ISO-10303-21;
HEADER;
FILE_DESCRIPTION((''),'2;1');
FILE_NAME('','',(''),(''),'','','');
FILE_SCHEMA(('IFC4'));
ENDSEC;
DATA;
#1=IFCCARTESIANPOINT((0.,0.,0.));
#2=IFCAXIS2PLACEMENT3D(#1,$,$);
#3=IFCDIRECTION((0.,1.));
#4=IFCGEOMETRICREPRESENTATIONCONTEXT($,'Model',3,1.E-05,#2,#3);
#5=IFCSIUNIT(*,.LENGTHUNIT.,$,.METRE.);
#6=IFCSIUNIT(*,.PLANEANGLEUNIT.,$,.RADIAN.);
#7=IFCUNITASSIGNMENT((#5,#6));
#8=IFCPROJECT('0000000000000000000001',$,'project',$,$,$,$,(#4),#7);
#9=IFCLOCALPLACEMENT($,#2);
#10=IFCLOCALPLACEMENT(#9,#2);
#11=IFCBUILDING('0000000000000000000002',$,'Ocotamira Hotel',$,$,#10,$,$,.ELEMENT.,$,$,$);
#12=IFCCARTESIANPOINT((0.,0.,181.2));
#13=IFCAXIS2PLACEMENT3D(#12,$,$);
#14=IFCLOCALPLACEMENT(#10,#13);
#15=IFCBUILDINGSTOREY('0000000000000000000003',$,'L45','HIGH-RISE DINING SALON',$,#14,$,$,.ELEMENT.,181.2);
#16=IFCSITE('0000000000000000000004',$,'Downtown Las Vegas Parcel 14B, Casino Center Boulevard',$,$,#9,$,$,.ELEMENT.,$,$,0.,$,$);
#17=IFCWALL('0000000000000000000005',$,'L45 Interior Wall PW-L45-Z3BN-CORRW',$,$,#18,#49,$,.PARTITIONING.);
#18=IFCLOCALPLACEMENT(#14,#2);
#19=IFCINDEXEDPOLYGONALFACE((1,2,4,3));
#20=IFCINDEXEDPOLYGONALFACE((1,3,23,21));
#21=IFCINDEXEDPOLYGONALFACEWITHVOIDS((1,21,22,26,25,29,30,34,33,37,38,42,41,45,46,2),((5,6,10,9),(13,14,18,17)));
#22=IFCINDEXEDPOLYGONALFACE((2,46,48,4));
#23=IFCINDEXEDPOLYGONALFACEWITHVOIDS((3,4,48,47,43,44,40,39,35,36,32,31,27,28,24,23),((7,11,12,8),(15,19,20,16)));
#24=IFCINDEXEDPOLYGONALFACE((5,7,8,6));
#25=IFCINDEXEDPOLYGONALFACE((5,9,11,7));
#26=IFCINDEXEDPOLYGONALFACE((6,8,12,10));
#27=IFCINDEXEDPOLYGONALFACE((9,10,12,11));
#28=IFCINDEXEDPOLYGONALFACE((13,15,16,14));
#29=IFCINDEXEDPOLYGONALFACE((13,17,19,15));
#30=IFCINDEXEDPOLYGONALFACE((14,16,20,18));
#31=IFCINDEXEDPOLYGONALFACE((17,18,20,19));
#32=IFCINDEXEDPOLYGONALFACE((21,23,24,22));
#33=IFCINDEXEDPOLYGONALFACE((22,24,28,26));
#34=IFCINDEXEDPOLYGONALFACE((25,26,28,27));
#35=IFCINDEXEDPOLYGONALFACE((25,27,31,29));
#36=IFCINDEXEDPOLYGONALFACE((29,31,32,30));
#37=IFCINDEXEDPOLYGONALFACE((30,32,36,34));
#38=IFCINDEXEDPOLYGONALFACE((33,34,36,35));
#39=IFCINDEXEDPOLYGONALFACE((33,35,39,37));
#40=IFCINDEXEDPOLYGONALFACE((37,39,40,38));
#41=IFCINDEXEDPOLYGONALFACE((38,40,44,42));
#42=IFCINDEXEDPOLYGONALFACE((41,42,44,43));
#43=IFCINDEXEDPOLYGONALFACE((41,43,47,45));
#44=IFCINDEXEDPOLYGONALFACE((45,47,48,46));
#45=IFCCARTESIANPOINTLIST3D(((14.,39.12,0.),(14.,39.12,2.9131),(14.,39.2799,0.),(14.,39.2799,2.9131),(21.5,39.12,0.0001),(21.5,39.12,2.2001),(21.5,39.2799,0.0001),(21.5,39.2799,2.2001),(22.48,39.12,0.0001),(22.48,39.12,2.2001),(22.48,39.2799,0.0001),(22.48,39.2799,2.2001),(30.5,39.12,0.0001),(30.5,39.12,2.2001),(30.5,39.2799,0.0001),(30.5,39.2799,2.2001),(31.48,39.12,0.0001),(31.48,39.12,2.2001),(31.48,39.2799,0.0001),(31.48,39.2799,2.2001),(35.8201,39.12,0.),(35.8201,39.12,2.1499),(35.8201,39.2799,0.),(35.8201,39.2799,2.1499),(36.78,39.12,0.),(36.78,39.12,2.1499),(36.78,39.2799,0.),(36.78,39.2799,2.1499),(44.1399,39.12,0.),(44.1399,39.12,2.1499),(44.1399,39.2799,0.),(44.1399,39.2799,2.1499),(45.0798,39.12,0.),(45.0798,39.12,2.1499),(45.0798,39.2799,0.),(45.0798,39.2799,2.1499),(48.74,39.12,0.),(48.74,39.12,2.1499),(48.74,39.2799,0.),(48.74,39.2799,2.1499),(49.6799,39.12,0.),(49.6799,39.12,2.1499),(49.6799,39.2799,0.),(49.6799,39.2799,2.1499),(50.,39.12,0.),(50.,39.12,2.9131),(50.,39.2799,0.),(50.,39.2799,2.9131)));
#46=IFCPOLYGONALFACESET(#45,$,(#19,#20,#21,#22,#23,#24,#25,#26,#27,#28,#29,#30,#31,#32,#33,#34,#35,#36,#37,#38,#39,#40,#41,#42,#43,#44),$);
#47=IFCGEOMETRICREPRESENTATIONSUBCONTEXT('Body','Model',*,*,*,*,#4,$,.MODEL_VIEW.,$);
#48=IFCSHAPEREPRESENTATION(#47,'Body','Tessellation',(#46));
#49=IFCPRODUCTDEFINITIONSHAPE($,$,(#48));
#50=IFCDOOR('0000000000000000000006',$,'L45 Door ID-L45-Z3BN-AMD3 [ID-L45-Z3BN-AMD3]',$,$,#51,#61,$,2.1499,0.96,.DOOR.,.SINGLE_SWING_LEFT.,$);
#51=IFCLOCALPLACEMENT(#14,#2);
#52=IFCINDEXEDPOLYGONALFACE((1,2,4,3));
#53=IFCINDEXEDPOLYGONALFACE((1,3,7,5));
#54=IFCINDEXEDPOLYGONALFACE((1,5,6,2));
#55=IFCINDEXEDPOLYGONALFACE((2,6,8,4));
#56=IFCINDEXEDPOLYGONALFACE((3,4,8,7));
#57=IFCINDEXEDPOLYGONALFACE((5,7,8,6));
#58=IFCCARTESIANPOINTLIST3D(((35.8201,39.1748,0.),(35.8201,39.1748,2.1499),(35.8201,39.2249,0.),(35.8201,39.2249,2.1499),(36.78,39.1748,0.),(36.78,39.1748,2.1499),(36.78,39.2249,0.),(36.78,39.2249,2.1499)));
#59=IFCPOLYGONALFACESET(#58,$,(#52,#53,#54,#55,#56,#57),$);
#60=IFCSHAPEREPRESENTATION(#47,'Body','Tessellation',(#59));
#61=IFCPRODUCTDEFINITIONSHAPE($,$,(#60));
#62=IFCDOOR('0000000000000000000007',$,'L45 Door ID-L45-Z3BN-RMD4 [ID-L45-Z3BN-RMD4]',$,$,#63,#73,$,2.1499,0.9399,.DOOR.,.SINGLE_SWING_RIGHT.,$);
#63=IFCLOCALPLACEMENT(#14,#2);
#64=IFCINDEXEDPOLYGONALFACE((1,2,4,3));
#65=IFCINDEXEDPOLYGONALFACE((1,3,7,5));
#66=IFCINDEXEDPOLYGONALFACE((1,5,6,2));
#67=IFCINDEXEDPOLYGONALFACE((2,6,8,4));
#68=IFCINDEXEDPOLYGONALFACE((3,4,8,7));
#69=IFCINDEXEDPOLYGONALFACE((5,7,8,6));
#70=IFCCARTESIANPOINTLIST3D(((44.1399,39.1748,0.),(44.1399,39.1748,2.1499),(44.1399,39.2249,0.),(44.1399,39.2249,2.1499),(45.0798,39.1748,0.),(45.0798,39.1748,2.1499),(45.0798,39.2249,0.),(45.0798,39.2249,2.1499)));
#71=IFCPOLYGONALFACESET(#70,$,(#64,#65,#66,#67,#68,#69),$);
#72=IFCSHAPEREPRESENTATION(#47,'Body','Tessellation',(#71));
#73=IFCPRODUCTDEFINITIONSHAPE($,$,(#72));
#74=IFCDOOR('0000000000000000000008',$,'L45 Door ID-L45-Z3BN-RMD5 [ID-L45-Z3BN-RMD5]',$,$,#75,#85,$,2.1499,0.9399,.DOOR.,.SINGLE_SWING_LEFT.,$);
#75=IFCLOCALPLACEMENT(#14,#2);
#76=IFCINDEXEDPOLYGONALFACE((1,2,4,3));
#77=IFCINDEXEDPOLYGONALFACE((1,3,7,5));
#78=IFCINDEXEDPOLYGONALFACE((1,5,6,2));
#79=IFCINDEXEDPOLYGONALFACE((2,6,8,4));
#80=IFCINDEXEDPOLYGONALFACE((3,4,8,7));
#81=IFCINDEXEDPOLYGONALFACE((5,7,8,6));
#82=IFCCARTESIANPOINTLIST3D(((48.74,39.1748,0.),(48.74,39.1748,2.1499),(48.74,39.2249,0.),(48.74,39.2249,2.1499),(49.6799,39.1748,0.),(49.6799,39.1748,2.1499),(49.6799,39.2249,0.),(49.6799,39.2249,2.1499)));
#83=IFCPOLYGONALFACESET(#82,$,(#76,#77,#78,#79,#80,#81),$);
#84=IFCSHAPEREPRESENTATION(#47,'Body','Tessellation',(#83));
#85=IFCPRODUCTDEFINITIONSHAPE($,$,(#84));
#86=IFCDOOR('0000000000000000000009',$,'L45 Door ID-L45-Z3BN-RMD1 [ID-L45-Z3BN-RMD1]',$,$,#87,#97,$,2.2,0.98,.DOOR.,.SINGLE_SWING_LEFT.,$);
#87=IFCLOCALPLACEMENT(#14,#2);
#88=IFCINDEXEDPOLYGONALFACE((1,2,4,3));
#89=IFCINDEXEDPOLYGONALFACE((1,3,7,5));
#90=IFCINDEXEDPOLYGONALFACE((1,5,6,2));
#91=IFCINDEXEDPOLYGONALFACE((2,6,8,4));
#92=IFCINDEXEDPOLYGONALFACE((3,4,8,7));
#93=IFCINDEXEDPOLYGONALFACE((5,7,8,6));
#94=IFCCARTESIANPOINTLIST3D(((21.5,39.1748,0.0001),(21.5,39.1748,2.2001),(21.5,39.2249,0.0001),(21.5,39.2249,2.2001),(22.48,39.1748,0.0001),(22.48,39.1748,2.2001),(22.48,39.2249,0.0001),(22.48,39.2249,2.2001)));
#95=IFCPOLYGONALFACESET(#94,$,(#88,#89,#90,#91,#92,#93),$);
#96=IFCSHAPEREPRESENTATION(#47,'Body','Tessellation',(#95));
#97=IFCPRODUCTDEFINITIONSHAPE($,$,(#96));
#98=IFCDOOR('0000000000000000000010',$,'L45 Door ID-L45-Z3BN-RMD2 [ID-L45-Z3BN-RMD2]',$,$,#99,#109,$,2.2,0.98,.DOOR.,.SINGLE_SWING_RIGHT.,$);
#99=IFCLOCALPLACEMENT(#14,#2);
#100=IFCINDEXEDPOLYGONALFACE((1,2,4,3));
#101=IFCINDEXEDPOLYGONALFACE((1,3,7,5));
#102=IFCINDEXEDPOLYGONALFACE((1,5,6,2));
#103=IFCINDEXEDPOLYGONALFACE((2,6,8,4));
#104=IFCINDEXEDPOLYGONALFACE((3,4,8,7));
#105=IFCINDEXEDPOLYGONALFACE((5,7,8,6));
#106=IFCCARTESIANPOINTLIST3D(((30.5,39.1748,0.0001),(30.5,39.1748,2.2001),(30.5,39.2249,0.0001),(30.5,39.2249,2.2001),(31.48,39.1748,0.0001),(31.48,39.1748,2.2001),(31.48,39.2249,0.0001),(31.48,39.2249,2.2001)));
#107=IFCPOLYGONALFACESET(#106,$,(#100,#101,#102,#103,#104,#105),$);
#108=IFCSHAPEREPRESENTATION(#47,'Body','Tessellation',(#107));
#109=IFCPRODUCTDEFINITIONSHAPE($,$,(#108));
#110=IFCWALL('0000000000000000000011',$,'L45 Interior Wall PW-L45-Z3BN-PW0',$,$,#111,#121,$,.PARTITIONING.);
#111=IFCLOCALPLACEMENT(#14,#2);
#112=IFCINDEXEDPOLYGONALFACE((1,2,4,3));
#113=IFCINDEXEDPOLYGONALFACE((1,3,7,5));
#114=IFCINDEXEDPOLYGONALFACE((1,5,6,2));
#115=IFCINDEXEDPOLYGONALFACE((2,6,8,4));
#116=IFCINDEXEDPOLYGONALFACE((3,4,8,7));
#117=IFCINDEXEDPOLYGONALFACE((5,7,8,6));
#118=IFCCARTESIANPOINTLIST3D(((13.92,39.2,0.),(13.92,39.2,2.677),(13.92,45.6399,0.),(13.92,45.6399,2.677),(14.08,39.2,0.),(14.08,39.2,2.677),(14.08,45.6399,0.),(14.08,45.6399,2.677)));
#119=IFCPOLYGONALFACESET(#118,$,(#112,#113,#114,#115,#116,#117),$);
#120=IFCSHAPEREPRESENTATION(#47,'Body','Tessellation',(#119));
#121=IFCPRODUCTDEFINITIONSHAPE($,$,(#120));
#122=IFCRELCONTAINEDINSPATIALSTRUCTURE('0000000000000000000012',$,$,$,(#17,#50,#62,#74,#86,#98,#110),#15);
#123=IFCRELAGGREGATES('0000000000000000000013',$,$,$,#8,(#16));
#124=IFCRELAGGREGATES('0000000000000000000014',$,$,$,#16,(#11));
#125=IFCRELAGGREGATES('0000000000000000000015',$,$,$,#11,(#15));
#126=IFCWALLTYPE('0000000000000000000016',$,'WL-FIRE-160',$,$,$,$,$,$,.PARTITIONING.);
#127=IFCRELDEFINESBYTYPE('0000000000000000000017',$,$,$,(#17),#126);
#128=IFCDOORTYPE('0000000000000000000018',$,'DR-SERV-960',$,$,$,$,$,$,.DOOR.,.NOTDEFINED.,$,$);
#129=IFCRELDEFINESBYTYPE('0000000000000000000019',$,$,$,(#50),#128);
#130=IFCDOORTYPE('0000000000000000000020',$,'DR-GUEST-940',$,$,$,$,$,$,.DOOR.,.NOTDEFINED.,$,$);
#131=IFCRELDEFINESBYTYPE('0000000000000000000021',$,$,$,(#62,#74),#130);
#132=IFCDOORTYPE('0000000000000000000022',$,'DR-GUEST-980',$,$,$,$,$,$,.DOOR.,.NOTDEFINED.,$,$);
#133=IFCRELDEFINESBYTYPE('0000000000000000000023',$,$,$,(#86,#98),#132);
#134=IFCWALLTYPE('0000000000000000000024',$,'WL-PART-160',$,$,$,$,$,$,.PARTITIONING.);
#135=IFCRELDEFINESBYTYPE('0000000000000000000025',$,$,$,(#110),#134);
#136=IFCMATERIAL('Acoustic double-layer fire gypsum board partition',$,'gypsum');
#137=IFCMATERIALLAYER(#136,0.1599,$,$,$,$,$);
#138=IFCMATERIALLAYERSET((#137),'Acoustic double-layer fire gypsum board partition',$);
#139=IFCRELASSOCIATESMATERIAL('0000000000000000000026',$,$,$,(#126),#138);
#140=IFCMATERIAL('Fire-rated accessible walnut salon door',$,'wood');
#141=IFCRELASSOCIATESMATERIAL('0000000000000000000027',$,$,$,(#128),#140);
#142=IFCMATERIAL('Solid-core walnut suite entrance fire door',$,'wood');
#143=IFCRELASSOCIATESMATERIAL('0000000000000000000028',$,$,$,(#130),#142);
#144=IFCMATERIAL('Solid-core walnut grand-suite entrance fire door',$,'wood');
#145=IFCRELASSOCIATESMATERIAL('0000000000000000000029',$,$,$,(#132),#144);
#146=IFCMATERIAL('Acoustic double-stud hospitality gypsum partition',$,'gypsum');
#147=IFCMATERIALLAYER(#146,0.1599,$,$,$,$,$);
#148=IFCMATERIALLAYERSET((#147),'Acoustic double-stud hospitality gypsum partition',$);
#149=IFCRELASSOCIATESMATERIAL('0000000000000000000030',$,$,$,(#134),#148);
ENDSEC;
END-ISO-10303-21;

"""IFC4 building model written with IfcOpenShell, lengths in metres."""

from ifc_helpers import new_model, si_unit, direction, frame, frame_2d, origin, place, context, subcontext, project, spatial, rectangle, extrude, source, transform, mapped, material, layer, layer_set, type_object, element, fill, save


model = new_model("IFC4")

# Units and contexts
model_context = context("Model", 3, precision=1e-05, world=origin(), true_north=direction((0.0, 1.0)))
body_context = subcontext(model_context, "Body", "Model", "MODEL_VIEW")
ifc_project = project(units=[si_unit("LENGTHUNIT", "METRE"), si_unit("PLANEANGLEUNIT", "RADIAN")], contexts=[model_context])

# Site, building, storey
site_placement = place(None, origin())
site = spatial("IfcSite", under=ifc_project, at=site_placement, Name="Downtown Las Vegas Parcel 14B, Casino Center Boulevard", CompositionType="ELEMENT", RefElevation=0.0)
building_placement = place(site_placement, origin())
building = spatial("IfcBuilding", under=site, at=building_placement, Name="Ocotamira Hotel", CompositionType="ELEMENT")
storey_placement = place(building_placement, frame((0.0, 0.0, 181.2)))
storey = spatial("IfcBuildingStorey", under=building, at=storey_placement, Name="L45", Description="HIGH-RISE DINING SALON", CompositionType="ELEMENT", Elevation=181.2)

# Shared definitions
ifc_material_1 = material(Name="Acoustic double-layer fire gypsum board partition", Category="gypsum")
ifc_layer_1 = layer(ifc_material_1, 0.1599)
ifc_layer_set_1 = layer_set([ifc_layer_1], Name="Acoustic double-layer fire gypsum board partition")
wall_type_1 = type_object("IfcWallType", Name="WL-FIRE-160", PredefinedType="PARTITIONING", material=ifc_layer_set_1)
ifc_material_2 = material(Name="Fire-rated accessible walnut salon door", Category="wood")
door_type_1 = type_object("IfcDoorType", Name="DR-SERV-960", OperationType="NOTDEFINED", PredefinedType="DOOR", material=ifc_material_2)
shared_shape_1 = source(origin(), body_context, "Body", "SweptSolid", [
    extrude(rectangle(XDim=0.96, YDim=2.1499, at=frame_2d((0.48, 1.075))), frame((0.0, 0.0249, 0.0), z_axis=(0.0, -1.0, 0.0), x_axis=(1.0, 0.0, 0.0)), (0.0, 0.0, 1.0), 0.05),
])

# Wall, openings, doors
wall_1_placement = place(storey_placement, frame((14.0, 39.2, 0.0), z_axis=(0.0, 0.0, 1.0), x_axis=(1.0, 0.0, 0.0)))
wall_1 = element("IfcWall", 1, at=wall_1_placement, inside=storey, type_object=wall_type_1, Name="L45 Interior Wall PW-L45-Z3BN-CORRW", PredefinedType="PARTITIONING", context=body_context, shape_type="SweptSolid", body=[
    extrude(rectangle(XDim=36.0, YDim=0.1599, at=frame_2d((18.0, 0.0))), origin(), (0.0, 0.0, 1.0), 2.9131),
])
opening_1_placement = place(wall_1_placement, frame((7.5, 0.0, 0.0)))
opening_1 = element("IfcOpeningElement", 2, at=opening_1_placement, cuts=wall_1, PredefinedType="OPENING", context=body_context, shape_type="SweptSolid", body=[
    extrude(rectangle(XDim=0.98, YDim=2.2, at=frame_2d((0.49, 1.1001))), frame((0.0, 0.0898, 0.0), z_axis=(0.0, -1.0, 0.0), x_axis=(1.0, 0.0, 0.0)), (0.0, 0.0, 1.0), 0.1799),
])
opening_2_placement = place(wall_1_placement, frame((16.5, 0.0, 0.0)))
opening_2 = element("IfcOpeningElement", 3, at=opening_2_placement, cuts=wall_1, PredefinedType="OPENING", context=body_context, shape_type="SweptSolid", body=[
    extrude(rectangle(XDim=0.98, YDim=2.2, at=frame_2d((0.49, 1.1001))), frame((0.0, 0.0898, 0.0), z_axis=(0.0, -1.0, 0.0), x_axis=(1.0, 0.0, 0.0)), (0.0, 0.0, 1.0), 0.1799),
])
opening_3_placement = place(wall_1_placement, frame((21.8201, 0.0, 0.0)))
opening_3 = element("IfcOpeningElement", 4, at=opening_3_placement, cuts=wall_1, PredefinedType="OPENING", context=body_context, shape_type="SweptSolid", body=[
    extrude(rectangle(XDim=0.96, YDim=2.1499, at=frame_2d((0.48, 1.075))), frame((0.0, 0.0898, 0.0), z_axis=(0.0, -1.0, 0.0), x_axis=(1.0, 0.0, 0.0)), (0.0, 0.0, 1.0), 0.1799),
])
opening_4_placement = place(wall_1_placement, frame((30.1399, 0.0, 0.0)))
opening_4 = element("IfcOpeningElement", 5, at=opening_4_placement, cuts=wall_1, PredefinedType="OPENING", context=body_context, shape_type="SweptSolid", body=[
    extrude(rectangle(XDim=0.9399, YDim=2.1499, at=frame_2d((0.47, 1.075))), frame((0.0, 0.0898, 0.0), z_axis=(0.0, -1.0, 0.0), x_axis=(1.0, 0.0, 0.0)), (0.0, 0.0, 1.0), 0.1799),
])
opening_5_placement = place(wall_1_placement, frame((34.74, 0.0, 0.0)))
opening_5 = element("IfcOpeningElement", 6, at=opening_5_placement, cuts=wall_1, PredefinedType="OPENING", context=body_context, shape_type="SweptSolid", body=[
    extrude(rectangle(XDim=0.9399, YDim=2.1499, at=frame_2d((0.47, 1.075))), frame((0.0, 0.0898, 0.0), z_axis=(0.0, -1.0, 0.0), x_axis=(1.0, 0.0, 0.0)), (0.0, 0.0, 1.0), 0.1799),
])
door_1_placement = place(opening_3_placement, origin())
door_1 = element("IfcDoor", 7, at=door_1_placement, inside=storey, type_object=door_type_1, Name="L45 Door ID-L45-Z3BN-AMD3 [ID-L45-Z3BN-AMD3]", OperationType="SINGLE_SWING_LEFT", OverallHeight=2.1499, OverallWidth=0.96, PredefinedType="DOOR", context=body_context, shape_type="MappedRepresentation", body=[
    mapped(shared_shape_1, transform((0.0, 0.0, 0.0), scale=1.0)),
])
fill(opening_3, door_1)
ifc_material_3 = material(Name="Solid-core walnut suite entrance fire door", Category="wood")
door_type_2 = type_object("IfcDoorType", Name="DR-GUEST-940", OperationType="NOTDEFINED", PredefinedType="DOOR", material=ifc_material_3)
shared_shape_2 = source(origin(), body_context, "Body", "SweptSolid", [
    extrude(rectangle(XDim=0.9399, YDim=2.1499, at=frame_2d((0.47, 1.075))), frame((0.0, 0.0249, 0.0), z_axis=(0.0, -1.0, 0.0), x_axis=(1.0, 0.0, 0.0)), (0.0, 0.0, 1.0), 0.05),
])
door_2_placement = place(opening_4_placement, origin())
door_2 = element("IfcDoor", 8, at=door_2_placement, inside=storey, type_object=door_type_2, Name="L45 Door ID-L45-Z3BN-RMD4 [ID-L45-Z3BN-RMD4]", OperationType="SINGLE_SWING_RIGHT", OverallHeight=2.1499, OverallWidth=0.9399, PredefinedType="DOOR", context=body_context, shape_type="MappedRepresentation", body=[
    mapped(shared_shape_2, transform((0.0, 0.0, 0.0), scale=1.0)),
])
fill(opening_4, door_2)
door_3_placement = place(opening_5_placement, origin())
door_3 = element("IfcDoor", 9, at=door_3_placement, inside=storey, type_object=door_type_2, Name="L45 Door ID-L45-Z3BN-RMD5 [ID-L45-Z3BN-RMD5]", OperationType="SINGLE_SWING_LEFT", OverallHeight=2.1499, OverallWidth=0.9399, PredefinedType="DOOR", context=body_context, shape_type="MappedRepresentation", body=[
    mapped(shared_shape_2, transform((0.0, 0.0, 0.0), scale=1.0)),
])
fill(opening_5, door_3)
ifc_material_4 = material(Name="Solid-core walnut grand-suite entrance fire door", Category="wood")
door_type_3 = type_object("IfcDoorType", Name="DR-GUEST-980", OperationType="NOTDEFINED", PredefinedType="DOOR", material=ifc_material_4)
shared_shape_3 = source(origin(), body_context, "Body", "SweptSolid", [
    extrude(rectangle(XDim=0.98, YDim=2.2, at=frame_2d((0.49, 1.1001))), frame((0.0, 0.0249, 0.0), z_axis=(0.0, -1.0, 0.0), x_axis=(1.0, 0.0, 0.0)), (0.0, 0.0, 1.0), 0.05),
])
door_4_placement = place(opening_1_placement, origin())
door_4 = element("IfcDoor", 10, at=door_4_placement, inside=storey, type_object=door_type_3, Name="L45 Door ID-L45-Z3BN-RMD1 [ID-L45-Z3BN-RMD1]", OperationType="SINGLE_SWING_LEFT", OverallHeight=2.2, OverallWidth=0.98, PredefinedType="DOOR", context=body_context, shape_type="MappedRepresentation", body=[
    mapped(shared_shape_3, transform((0.0, 0.0, 0.0), scale=1.0)),
])
fill(opening_1, door_4)
door_5_placement = place(opening_2_placement, origin())
door_5 = element("IfcDoor", 11, at=door_5_placement, inside=storey, type_object=door_type_3, Name="L45 Door ID-L45-Z3BN-RMD2 [ID-L45-Z3BN-RMD2]", OperationType="SINGLE_SWING_RIGHT", OverallHeight=2.2, OverallWidth=0.98, PredefinedType="DOOR", context=body_context, shape_type="MappedRepresentation", body=[
    mapped(shared_shape_3, transform((0.0, 0.0, 0.0), scale=1.0)),
])
fill(opening_2, door_5)

# Wall
ifc_material_5 = material(Name="Acoustic double-stud hospitality gypsum partition", Category="gypsum")
ifc_layer_2 = layer(ifc_material_5, 0.1599)
ifc_layer_set_2 = layer_set([ifc_layer_2], Name="Acoustic double-stud hospitality gypsum partition")
wall_type_2 = type_object("IfcWallType", Name="WL-PART-160", PredefinedType="PARTITIONING", material=ifc_layer_set_2)
wall_2_placement = place(storey_placement, frame((14.0, 39.2, 0.0), z_axis=(0.0, 0.0, 1.0), x_axis=(0.0, 1.0, 0.0)))
element("IfcWall", 12, at=wall_2_placement, inside=storey, type_object=wall_type_2, Name="L45 Interior Wall PW-L45-Z3BN-PW0", PredefinedType="PARTITIONING", context=body_context, shape_type="SweptSolid", body=[
    extrude(rectangle(XDim=6.4399, YDim=0.1599, at=frame_2d((3.22, 0.0))), origin(), (0.0, 0.0, 1.0), 2.677),
])

save(model, "model.ifc")
